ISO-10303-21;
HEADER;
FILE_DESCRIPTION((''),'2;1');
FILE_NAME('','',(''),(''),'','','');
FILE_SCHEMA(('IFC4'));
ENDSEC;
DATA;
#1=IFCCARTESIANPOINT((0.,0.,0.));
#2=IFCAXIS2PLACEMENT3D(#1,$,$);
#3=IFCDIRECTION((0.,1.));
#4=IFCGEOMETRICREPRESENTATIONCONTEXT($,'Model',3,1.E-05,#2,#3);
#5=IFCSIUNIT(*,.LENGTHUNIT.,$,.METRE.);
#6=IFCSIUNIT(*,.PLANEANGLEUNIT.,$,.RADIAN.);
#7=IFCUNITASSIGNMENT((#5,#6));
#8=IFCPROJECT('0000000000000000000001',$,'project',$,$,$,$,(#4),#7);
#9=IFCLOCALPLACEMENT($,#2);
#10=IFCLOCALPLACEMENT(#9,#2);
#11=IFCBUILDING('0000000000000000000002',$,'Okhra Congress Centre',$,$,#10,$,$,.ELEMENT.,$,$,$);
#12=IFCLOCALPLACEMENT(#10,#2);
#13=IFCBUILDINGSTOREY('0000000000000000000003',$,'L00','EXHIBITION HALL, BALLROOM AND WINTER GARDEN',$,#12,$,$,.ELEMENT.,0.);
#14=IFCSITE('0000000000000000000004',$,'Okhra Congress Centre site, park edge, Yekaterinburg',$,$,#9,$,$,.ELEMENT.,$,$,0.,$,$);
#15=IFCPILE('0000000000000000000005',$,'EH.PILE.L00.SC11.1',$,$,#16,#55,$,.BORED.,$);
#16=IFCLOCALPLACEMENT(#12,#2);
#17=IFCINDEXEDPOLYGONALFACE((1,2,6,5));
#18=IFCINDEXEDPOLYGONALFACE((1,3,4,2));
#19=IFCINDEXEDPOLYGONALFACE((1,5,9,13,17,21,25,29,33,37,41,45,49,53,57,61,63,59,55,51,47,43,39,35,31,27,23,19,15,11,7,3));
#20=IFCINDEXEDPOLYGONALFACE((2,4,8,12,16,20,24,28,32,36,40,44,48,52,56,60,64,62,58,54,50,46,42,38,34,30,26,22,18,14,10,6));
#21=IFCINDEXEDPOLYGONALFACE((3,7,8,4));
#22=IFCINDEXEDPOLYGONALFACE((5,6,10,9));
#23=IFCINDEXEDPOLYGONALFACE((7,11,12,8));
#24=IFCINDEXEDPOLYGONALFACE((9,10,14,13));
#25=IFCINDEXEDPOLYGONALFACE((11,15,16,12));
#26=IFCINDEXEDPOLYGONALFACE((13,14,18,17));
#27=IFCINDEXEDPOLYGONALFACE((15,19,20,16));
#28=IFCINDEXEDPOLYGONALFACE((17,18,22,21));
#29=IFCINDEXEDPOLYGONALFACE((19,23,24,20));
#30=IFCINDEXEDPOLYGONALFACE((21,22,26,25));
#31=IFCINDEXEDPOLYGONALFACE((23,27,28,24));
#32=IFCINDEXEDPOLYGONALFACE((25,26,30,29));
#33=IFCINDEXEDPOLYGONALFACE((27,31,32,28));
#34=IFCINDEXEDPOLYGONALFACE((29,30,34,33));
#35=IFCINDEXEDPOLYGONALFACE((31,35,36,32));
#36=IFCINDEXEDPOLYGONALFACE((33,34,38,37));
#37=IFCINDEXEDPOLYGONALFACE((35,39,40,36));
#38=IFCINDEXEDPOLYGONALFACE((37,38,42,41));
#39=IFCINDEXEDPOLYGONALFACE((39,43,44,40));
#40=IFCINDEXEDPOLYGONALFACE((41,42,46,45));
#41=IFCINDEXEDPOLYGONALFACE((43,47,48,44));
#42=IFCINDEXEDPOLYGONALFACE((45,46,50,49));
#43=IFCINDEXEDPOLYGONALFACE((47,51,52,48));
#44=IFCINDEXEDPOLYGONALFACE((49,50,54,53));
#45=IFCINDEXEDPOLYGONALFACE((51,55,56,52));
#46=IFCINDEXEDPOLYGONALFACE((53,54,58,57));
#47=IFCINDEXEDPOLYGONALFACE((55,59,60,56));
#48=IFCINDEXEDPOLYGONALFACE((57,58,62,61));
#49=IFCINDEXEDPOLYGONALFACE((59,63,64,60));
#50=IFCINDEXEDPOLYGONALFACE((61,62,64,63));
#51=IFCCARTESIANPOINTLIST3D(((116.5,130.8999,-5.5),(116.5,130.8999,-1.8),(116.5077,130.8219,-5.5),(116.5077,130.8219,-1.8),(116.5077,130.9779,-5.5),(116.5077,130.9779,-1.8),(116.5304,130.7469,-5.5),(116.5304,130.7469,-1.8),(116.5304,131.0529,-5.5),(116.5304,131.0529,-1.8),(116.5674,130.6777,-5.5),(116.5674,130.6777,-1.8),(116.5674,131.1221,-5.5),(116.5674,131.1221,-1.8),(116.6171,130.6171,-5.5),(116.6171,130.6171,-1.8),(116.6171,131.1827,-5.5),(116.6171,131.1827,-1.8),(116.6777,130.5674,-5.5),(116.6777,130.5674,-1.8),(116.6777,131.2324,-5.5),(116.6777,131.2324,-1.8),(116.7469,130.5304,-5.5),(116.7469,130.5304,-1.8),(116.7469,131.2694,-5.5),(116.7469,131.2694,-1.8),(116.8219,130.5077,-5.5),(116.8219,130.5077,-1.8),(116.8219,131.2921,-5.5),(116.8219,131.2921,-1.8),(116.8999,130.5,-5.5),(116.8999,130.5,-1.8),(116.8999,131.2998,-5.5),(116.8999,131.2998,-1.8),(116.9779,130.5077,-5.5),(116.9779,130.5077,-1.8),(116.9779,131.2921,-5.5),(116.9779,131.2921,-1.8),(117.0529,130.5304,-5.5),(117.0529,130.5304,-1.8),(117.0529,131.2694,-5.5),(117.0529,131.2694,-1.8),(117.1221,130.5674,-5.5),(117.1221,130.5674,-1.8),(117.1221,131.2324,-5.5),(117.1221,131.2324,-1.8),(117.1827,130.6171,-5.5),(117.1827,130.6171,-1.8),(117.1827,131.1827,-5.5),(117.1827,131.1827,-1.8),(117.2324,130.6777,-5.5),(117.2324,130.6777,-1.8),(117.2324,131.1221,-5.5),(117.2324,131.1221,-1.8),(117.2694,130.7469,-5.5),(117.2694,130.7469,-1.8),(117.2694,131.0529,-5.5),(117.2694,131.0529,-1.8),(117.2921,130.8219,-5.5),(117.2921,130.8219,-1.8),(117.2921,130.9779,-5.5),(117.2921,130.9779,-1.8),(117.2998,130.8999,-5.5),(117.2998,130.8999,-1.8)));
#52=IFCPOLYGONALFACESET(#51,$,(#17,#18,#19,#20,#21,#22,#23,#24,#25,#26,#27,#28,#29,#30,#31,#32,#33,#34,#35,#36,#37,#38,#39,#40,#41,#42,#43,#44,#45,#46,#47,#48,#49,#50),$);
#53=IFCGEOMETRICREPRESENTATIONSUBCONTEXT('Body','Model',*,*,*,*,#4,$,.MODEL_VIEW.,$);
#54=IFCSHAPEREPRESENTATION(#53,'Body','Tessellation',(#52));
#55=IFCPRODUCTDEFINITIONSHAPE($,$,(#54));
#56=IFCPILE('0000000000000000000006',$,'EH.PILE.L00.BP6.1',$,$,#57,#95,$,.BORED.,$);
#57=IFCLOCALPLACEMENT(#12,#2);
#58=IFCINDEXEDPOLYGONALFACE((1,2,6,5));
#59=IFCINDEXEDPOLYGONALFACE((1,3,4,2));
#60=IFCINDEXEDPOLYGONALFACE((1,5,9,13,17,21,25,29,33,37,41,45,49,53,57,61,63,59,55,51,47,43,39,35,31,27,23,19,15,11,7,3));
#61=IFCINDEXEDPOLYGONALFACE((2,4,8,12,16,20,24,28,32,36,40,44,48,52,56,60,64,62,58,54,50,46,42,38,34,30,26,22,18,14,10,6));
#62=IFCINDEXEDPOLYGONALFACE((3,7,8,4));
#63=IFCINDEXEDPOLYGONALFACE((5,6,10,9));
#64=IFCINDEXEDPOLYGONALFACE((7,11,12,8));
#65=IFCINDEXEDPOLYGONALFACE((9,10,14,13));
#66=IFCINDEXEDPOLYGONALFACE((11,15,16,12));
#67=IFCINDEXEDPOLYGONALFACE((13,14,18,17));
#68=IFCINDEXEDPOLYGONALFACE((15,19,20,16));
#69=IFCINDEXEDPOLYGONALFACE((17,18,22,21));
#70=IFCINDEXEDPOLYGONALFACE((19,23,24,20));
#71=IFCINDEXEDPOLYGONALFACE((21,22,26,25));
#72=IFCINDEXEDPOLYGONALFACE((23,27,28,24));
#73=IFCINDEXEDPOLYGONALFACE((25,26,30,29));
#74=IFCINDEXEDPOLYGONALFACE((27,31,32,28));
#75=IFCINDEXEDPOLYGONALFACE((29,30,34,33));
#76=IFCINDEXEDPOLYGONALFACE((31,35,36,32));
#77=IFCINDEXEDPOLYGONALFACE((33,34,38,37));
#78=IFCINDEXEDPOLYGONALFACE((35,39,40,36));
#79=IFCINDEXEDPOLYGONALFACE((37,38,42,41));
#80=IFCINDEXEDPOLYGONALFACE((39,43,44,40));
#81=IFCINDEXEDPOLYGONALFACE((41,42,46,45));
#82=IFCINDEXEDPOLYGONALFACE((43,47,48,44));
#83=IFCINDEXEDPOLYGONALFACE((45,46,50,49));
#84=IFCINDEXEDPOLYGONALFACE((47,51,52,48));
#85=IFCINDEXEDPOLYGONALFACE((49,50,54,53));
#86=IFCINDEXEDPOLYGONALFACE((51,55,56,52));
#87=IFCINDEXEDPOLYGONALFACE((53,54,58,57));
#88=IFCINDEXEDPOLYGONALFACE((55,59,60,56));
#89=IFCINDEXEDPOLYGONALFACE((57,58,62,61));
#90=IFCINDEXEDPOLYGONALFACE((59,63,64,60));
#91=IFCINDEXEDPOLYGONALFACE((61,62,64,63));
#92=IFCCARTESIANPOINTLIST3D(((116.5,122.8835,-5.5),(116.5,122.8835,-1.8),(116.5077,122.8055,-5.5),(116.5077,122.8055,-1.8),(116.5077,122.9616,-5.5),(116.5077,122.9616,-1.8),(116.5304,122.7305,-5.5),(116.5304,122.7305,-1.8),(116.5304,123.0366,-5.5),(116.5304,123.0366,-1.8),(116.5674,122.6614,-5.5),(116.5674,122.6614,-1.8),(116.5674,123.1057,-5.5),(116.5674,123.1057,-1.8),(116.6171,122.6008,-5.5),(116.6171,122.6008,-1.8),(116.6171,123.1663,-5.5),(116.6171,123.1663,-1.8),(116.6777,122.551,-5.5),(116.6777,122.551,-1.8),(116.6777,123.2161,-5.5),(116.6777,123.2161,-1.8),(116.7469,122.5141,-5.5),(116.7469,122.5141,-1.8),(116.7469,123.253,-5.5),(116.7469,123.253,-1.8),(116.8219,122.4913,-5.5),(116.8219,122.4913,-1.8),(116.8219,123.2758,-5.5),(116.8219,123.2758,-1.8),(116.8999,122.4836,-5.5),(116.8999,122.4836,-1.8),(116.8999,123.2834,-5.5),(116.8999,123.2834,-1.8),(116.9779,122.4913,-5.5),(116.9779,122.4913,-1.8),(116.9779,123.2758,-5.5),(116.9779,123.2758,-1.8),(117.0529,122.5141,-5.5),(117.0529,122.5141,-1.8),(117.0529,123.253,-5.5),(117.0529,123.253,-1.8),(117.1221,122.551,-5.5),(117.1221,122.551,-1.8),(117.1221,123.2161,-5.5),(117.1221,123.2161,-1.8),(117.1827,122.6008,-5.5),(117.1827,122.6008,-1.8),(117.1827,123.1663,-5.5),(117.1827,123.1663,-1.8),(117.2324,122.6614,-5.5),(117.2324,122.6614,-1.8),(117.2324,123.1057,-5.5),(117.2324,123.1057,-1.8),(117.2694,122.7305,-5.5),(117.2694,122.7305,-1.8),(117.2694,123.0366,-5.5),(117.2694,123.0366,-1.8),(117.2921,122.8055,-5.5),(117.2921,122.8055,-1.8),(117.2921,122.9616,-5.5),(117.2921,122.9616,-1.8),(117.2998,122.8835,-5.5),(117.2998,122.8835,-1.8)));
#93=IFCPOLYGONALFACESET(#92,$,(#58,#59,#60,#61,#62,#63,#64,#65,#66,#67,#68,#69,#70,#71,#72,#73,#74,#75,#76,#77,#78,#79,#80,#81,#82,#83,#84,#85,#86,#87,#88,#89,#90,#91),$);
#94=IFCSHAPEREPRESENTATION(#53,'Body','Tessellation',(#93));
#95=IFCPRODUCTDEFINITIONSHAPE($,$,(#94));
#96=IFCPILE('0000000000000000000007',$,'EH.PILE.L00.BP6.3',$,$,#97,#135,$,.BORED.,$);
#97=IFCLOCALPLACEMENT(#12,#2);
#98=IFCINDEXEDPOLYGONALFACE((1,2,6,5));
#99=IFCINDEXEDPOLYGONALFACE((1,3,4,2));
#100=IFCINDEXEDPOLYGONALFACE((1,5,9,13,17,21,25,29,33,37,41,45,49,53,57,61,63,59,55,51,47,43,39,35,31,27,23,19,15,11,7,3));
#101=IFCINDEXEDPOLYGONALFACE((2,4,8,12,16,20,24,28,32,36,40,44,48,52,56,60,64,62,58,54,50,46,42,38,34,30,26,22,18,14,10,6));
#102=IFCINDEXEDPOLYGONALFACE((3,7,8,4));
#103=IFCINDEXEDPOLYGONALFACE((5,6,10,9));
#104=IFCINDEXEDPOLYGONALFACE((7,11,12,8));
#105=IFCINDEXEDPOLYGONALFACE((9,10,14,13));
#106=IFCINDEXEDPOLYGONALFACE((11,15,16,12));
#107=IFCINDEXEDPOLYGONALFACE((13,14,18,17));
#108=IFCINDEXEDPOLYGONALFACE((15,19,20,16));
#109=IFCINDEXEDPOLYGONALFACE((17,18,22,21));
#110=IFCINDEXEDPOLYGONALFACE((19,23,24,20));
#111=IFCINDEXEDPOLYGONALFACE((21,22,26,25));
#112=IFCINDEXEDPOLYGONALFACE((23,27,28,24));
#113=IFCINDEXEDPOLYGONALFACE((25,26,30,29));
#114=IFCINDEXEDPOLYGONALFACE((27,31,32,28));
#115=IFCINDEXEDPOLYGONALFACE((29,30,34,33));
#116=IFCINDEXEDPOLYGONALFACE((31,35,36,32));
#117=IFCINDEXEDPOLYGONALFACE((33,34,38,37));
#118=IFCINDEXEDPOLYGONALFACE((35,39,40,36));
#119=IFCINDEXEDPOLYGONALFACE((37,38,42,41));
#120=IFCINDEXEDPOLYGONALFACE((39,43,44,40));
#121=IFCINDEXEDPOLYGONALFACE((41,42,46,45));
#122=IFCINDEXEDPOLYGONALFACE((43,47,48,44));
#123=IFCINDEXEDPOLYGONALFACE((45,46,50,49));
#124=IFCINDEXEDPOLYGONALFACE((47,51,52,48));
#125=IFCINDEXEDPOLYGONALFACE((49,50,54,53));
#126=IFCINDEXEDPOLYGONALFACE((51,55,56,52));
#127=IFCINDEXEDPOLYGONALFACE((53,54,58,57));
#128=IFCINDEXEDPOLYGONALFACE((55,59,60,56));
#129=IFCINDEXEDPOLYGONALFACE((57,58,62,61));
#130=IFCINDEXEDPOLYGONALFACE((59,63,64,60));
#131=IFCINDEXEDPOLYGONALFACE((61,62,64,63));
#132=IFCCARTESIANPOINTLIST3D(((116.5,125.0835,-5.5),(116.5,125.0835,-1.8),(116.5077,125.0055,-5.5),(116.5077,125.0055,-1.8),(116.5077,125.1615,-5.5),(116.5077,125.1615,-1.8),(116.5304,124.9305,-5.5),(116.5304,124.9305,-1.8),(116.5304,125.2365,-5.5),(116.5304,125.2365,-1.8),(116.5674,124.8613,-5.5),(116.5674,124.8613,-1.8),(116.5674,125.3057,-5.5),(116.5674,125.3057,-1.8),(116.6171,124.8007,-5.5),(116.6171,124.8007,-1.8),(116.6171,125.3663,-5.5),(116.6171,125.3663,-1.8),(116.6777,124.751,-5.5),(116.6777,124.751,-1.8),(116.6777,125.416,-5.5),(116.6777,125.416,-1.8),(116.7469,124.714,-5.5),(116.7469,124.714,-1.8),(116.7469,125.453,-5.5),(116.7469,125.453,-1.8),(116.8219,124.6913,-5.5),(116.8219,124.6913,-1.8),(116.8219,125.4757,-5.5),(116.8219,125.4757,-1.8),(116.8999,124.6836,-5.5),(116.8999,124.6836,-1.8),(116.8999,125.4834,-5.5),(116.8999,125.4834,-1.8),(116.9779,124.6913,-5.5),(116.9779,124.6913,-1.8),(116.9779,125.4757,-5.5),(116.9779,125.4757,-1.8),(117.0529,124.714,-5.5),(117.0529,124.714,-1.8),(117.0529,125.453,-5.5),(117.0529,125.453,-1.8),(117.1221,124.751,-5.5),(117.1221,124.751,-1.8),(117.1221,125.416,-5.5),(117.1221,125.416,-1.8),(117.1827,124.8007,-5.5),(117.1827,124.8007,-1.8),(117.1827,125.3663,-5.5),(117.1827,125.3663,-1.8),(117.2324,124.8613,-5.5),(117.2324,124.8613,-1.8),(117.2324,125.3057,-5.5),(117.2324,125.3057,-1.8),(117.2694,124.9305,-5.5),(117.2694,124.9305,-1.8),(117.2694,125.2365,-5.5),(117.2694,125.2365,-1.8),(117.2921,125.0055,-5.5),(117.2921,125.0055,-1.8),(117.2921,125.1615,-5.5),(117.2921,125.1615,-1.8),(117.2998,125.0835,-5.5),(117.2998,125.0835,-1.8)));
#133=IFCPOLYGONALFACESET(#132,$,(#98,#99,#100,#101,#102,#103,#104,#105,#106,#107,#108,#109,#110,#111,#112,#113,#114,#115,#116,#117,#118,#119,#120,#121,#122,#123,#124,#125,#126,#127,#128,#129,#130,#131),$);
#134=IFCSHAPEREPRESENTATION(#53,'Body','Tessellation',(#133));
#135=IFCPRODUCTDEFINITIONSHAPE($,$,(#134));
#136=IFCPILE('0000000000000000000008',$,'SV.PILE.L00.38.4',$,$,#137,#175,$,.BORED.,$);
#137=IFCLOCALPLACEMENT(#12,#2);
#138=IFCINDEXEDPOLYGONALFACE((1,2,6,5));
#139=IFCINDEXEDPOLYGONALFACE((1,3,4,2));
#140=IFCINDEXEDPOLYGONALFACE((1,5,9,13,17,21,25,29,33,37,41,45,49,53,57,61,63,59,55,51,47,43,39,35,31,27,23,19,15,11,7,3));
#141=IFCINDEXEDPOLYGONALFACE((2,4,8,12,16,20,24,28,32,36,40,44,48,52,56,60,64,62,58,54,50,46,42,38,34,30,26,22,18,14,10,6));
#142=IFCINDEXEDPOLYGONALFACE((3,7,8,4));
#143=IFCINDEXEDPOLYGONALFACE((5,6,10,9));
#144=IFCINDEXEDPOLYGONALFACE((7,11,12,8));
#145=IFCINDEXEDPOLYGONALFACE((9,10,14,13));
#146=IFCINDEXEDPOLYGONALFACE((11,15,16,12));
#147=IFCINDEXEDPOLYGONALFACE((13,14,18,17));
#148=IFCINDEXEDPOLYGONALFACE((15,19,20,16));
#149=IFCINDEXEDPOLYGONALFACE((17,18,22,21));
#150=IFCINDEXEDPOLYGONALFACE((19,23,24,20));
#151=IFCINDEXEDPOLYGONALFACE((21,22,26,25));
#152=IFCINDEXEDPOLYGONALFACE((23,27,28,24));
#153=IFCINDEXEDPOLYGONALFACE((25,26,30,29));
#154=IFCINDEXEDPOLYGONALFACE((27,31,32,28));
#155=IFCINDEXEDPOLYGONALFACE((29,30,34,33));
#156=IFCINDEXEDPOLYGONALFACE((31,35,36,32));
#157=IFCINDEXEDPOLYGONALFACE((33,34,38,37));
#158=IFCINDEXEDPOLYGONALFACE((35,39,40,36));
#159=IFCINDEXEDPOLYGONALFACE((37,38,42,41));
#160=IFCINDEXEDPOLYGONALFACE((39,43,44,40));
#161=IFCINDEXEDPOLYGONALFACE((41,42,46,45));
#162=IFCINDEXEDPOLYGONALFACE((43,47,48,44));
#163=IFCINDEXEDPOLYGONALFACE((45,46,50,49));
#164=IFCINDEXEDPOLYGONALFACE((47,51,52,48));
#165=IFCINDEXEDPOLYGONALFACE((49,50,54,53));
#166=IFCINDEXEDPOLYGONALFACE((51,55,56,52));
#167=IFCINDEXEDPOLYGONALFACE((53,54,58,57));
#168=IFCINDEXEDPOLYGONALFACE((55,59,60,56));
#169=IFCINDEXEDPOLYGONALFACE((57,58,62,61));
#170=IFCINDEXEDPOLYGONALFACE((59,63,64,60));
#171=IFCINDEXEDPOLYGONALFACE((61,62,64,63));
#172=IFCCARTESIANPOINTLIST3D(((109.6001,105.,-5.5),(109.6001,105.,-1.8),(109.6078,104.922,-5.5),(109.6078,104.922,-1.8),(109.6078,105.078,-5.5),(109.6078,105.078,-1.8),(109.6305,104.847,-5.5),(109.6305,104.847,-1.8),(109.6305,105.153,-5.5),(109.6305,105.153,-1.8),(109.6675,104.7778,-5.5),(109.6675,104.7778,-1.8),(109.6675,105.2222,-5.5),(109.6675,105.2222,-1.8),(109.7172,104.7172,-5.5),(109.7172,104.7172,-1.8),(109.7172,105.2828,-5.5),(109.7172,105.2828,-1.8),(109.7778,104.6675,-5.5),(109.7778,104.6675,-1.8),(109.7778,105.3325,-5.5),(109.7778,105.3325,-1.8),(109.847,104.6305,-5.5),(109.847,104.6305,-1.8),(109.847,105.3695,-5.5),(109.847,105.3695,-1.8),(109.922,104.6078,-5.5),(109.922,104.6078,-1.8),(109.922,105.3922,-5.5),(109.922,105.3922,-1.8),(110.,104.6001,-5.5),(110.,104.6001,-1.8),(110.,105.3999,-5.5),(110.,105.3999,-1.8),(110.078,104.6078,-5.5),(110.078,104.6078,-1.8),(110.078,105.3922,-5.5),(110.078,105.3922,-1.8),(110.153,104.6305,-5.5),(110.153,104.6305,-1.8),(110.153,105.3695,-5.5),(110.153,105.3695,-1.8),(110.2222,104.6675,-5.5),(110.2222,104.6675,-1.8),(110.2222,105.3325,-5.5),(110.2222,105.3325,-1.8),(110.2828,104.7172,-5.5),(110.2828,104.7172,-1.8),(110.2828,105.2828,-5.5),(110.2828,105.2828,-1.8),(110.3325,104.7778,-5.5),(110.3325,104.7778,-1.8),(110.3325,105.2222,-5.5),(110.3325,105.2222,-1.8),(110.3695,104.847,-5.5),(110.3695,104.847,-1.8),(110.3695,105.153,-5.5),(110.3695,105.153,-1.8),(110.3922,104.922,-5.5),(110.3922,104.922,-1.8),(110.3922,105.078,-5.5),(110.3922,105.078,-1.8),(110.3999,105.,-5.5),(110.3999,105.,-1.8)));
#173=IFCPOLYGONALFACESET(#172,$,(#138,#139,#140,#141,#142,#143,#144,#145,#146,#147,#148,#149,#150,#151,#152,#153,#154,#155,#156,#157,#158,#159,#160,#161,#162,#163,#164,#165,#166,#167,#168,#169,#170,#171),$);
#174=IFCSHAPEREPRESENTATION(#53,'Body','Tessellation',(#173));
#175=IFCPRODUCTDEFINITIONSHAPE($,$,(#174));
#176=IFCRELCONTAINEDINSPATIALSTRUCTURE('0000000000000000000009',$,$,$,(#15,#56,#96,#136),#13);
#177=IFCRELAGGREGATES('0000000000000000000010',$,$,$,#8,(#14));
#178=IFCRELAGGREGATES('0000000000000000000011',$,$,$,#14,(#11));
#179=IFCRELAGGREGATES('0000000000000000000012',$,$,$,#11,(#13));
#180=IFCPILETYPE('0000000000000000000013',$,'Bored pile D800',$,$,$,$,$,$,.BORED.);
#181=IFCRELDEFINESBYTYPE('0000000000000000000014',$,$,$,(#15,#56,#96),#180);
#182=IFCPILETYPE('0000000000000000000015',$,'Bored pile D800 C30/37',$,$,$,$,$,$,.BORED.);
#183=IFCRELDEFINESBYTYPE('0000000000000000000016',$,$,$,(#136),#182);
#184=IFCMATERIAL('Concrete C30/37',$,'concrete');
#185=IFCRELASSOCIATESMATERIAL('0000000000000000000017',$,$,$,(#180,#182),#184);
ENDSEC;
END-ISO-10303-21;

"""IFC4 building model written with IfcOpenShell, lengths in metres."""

from ifc_helpers import new_model, si_unit, direction, frame, origin, origin_2d, place, context, subcontext, project, spatial, circle, extrude, material, material_profile, profile_set, type_object, element, save


model = new_model("IFC4")

# Units and contexts
model_context = context("Model", 3, precision=1e-05, world=origin(), true_north=direction((0.0, 1.0)))
body_context = subcontext(model_context, "Body", "Model", "MODEL_VIEW")
ifc_project = project(units=[si_unit("LENGTHUNIT", "METRE"), si_unit("PLANEANGLEUNIT", "RADIAN")], contexts=[model_context])

# Site, building, storey
site_placement = place(None, origin())
site = spatial("IfcSite", under=ifc_project, at=site_placement, Name="Okhra Congress Centre site, park edge, Yekaterinburg", CompositionType="ELEMENT", RefElevation=0.0)
building_placement = place(site_placement, origin())
building = spatial("IfcBuilding", under=site, at=building_placement, Name="Okhra Congress Centre", CompositionType="ELEMENT")
storey_placement = place(building_placement, origin())
storey = spatial("IfcBuildingStorey", under=building, at=storey_placement, Name="L00", Description="EXHIBITION HALL, BALLROOM AND WINTER GARDEN", CompositionType="ELEMENT", Elevation=0.0)

# Piles
ifc_material_1 = material(Name="Concrete C30/37", Category="concrete")
ifc_material_profile_1 = material_profile(ifc_material_1, circle(Radius=0.3999, at=origin_2d()), Name="D800")
ifc_profile_set_1 = profile_set([ifc_material_profile_1], Name="Concrete C30/37")
pile_type_1 = type_object("IfcPileType", Name="Bored pile D800", PredefinedType="BORED", material=ifc_profile_set_1)
for number, where, z_axis, x_axis, name in (
    (1, (116.8999, 130.8999, -1.8), (0.0, 0.0, -1.0), (1.0, 0.0, 0.0), "EH.PILE.L00.SC11.1"),
    (2, (116.8999, 122.8835, -1.8), (0.0, 0.0, -1.0), (1.0, 0.0, 0.0), "EH.PILE.L00.BP6.1"),
    (3, (116.8999, 125.0835, -1.8), (0.0, 0.0, -1.0), (1.0, 0.0, 0.0), "EH.PILE.L00.BP6.3"),
):
    element("IfcPile", number, at=place(storey_placement, frame(where, z_axis=z_axis, x_axis=x_axis)), inside=storey, type_object=pile_type_1, Name=name, PredefinedType="BORED", context=body_context, shape_type="SweptSolid", body=[
        extrude(circle(Radius=0.3999, at=origin_2d()), origin(), (0.0, 0.0, 1.0), 3.7),
    ])
ifc_material_profile_2 = material_profile(ifc_material_1, circle(Radius=0.3999, at=origin_2d()), Name="D800")
ifc_profile_set_2 = profile_set([ifc_material_profile_2], Name="Concrete C30/37")
pile_type_2 = type_object("IfcPileType", Name="Bored pile D800 C30/37", PredefinedType="BORED", material=ifc_profile_set_2)
for number, where, z_axis, x_axis, name in (
    (4, (110.0, 105.0, -1.8), (0.0, 0.0, -1.0), (1.0, 0.0, 0.0), "SV.PILE.L00.38.4"),
):
    element("IfcPile", number, at=place(storey_placement, frame(where, z_axis=z_axis, x_axis=x_axis)), inside=storey, type_object=pile_type_2, Name=name, PredefinedType="BORED", context=body_context, shape_type="SweptSolid", body=[
        extrude(circle(Radius=0.3999, at=origin_2d()), origin(), (0.0, 0.0, 1.0), 3.7),
    ])

save(model, "model.ifc")
